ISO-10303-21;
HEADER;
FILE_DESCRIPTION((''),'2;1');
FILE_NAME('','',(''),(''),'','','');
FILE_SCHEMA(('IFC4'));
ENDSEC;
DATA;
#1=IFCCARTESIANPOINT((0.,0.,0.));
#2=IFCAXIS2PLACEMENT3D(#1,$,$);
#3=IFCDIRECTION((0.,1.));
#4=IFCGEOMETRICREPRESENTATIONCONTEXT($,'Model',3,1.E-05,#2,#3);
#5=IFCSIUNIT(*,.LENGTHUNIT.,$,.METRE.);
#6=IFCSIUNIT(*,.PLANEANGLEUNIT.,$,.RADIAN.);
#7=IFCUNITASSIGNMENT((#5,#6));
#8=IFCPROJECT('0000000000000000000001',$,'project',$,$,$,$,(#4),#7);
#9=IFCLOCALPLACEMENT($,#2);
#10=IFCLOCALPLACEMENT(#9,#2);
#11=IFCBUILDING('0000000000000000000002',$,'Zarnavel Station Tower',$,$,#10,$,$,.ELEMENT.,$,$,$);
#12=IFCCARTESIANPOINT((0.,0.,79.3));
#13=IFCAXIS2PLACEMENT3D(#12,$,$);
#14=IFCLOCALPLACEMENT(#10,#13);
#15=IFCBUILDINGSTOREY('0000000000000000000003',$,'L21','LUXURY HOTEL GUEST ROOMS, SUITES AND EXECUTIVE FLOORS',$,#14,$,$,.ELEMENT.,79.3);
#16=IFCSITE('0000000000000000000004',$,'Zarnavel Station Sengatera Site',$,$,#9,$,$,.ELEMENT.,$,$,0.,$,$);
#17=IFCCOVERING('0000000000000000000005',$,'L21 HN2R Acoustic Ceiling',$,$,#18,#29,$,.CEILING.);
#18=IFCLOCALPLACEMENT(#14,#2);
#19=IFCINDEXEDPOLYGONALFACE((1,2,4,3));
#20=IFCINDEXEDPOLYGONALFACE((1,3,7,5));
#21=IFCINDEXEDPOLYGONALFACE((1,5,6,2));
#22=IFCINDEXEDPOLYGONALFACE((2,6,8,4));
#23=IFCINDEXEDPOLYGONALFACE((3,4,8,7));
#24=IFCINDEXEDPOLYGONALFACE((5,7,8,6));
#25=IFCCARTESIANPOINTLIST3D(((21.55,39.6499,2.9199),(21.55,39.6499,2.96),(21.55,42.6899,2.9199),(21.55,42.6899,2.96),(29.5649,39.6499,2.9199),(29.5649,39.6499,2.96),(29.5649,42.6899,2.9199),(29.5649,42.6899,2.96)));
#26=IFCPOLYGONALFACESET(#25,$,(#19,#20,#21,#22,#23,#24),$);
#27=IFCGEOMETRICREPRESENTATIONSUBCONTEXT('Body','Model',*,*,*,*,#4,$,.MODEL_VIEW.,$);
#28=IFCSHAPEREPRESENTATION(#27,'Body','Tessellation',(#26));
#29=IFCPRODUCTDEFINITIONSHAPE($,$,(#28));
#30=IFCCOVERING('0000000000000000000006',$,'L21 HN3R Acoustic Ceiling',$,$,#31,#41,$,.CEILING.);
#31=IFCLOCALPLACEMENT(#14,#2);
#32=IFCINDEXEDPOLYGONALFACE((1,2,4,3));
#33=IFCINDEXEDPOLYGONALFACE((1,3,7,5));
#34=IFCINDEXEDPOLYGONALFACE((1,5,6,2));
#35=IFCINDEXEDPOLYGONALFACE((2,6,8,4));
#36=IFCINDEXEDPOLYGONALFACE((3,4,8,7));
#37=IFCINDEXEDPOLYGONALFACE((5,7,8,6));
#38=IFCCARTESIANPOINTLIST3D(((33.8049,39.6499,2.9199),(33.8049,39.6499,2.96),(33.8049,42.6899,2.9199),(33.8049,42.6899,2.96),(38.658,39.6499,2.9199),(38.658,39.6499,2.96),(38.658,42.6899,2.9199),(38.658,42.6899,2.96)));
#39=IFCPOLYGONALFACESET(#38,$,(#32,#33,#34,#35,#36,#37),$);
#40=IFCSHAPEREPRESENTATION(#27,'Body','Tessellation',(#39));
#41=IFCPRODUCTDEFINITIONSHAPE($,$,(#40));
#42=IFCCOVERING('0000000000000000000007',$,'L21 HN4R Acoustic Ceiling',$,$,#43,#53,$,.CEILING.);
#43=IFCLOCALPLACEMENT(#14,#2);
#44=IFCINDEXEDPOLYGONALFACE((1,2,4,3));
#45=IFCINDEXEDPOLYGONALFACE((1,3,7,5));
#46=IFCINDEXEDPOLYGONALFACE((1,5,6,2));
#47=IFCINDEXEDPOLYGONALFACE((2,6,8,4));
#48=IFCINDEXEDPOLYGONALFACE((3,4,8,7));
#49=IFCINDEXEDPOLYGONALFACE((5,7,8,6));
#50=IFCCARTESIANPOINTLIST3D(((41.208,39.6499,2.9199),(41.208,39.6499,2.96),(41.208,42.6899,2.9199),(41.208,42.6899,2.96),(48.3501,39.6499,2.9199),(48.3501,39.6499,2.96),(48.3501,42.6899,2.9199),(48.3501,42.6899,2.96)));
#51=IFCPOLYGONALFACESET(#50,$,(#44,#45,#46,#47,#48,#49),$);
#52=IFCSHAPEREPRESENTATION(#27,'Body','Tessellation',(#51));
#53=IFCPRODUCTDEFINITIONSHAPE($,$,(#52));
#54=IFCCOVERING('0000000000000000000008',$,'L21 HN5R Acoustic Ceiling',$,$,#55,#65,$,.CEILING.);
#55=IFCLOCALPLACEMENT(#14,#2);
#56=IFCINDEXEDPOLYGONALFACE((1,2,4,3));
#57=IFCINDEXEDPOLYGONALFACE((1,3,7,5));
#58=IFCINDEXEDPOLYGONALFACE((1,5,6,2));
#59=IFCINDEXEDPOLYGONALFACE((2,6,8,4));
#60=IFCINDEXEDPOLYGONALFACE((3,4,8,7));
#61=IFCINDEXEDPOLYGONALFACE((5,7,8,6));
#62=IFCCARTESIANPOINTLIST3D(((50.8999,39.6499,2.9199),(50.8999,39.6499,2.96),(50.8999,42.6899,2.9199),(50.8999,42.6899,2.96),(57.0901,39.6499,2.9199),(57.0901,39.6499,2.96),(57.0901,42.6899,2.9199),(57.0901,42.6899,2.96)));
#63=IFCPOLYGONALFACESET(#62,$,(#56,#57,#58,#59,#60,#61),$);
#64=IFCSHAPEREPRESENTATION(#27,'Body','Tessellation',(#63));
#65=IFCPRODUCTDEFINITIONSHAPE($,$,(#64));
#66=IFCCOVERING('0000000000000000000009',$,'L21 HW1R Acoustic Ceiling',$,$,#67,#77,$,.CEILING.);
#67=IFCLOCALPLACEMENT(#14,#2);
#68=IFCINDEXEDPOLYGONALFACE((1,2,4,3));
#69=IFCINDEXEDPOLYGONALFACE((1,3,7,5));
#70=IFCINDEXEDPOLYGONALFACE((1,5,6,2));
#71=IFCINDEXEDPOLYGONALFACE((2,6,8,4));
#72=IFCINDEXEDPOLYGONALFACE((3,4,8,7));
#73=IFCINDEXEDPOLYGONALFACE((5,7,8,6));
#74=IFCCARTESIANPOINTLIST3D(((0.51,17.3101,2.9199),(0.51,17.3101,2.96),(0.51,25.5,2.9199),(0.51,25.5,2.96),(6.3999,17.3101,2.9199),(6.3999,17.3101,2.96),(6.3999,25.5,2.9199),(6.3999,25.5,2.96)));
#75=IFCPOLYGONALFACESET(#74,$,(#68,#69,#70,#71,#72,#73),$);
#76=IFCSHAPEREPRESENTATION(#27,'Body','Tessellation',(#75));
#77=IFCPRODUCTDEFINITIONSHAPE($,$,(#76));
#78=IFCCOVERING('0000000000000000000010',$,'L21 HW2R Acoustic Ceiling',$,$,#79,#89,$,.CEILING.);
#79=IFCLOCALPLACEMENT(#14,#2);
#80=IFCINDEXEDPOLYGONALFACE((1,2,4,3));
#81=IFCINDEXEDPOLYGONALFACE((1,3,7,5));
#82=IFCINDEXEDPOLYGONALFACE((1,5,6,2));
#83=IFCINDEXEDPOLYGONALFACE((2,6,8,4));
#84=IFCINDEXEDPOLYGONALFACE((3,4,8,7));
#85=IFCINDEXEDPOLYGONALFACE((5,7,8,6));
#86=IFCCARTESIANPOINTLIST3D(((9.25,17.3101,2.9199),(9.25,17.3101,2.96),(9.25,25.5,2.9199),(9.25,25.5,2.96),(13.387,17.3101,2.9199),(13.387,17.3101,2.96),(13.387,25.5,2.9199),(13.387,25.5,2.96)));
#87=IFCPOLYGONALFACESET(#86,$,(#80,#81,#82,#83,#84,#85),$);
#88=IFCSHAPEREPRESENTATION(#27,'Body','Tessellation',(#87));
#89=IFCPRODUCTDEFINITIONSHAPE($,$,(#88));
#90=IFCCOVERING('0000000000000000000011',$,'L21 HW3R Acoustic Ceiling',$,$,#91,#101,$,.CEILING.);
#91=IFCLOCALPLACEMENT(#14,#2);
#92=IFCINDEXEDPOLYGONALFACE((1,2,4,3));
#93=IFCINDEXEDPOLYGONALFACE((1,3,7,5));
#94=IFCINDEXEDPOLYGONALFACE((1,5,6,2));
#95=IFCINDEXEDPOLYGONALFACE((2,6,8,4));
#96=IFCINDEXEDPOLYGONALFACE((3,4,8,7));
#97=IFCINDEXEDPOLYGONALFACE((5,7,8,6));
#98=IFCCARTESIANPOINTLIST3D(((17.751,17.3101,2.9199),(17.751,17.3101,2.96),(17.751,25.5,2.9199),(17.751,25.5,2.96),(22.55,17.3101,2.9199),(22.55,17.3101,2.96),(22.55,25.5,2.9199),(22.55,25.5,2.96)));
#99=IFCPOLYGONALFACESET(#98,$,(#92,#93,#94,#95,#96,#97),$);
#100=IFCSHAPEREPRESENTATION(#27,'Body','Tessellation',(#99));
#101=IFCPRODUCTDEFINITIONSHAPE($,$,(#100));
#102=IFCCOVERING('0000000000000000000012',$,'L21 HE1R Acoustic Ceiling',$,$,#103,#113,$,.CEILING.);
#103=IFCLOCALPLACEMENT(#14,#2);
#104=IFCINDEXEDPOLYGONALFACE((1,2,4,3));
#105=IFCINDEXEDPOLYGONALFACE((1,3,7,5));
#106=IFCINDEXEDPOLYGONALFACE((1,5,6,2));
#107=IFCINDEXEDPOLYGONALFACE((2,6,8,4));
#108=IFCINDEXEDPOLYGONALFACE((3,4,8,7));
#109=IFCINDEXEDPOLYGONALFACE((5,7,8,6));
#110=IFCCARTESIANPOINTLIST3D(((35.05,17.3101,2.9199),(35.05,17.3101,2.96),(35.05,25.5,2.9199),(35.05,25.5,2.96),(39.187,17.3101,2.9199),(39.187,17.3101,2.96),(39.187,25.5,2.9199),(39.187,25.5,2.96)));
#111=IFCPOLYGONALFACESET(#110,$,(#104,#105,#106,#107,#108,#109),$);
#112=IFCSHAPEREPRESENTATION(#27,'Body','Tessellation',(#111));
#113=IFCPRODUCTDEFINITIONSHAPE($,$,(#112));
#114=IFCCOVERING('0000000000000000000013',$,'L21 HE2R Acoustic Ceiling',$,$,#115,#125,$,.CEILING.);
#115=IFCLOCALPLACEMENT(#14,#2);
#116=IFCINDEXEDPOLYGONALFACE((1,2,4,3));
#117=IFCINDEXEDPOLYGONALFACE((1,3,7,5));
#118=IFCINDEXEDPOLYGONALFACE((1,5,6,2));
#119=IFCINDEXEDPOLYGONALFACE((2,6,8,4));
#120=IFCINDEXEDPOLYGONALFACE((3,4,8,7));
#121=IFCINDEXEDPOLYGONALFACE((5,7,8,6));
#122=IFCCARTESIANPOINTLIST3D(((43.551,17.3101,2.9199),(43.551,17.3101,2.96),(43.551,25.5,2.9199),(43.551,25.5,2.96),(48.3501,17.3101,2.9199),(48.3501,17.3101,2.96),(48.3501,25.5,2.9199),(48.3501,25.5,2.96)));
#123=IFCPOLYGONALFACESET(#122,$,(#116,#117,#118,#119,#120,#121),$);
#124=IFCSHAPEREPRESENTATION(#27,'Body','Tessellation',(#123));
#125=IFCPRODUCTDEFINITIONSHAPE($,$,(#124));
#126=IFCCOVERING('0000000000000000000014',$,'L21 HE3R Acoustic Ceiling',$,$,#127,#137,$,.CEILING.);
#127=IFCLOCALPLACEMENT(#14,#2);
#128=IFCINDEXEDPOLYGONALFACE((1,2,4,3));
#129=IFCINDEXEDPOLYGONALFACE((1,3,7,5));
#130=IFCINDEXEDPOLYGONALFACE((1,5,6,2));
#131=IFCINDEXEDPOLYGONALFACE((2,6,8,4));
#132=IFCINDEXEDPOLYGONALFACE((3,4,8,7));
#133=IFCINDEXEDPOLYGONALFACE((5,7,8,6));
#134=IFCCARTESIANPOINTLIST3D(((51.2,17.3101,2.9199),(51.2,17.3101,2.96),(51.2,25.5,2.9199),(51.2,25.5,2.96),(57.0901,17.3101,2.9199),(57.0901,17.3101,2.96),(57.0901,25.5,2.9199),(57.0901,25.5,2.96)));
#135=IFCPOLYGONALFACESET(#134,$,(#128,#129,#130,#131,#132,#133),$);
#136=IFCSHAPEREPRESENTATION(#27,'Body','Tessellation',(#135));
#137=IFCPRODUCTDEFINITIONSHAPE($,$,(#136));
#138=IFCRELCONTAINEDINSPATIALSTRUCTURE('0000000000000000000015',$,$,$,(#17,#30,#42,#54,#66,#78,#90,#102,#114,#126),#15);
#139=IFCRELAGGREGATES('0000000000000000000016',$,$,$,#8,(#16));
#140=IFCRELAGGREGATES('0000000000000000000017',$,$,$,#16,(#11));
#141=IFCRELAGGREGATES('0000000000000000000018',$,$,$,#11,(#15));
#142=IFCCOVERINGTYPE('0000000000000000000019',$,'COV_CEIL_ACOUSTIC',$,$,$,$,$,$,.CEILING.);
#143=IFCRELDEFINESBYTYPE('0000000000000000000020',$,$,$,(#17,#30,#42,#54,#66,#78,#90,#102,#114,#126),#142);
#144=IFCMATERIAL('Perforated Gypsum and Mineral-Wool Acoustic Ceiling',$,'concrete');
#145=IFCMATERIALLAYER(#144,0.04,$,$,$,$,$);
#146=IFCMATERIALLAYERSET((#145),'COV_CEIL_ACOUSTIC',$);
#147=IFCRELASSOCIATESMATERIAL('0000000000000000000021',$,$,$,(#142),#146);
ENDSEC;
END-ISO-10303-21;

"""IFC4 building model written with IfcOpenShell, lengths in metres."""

from ifc_helpers import new_model, si_unit, direction, frame, origin, place, context, subcontext, project, spatial, polyline, outline, extrude, material, layer, layer_set, type_object, element, save


model = new_model("IFC4")

# Units and contexts
model_context = context("Model", 3, precision=1e-05, world=origin(), true_north=direction((0.0, 1.0)))
body_context = subcontext(model_context, "Body", "Model", "MODEL_VIEW")
ifc_project = project(units=[si_unit("LENGTHUNIT", "METRE"), si_unit("PLANEANGLEUNIT", "RADIAN")], contexts=[model_context])

# Site, building, storey
site_placement = place(None, origin())
site = spatial("IfcSite", under=ifc_project, at=site_placement, Name="Zarnavel Station Sengatera Site", CompositionType="ELEMENT", RefElevation=0.0)
building_placement = place(site_placement, origin())
building = spatial("IfcBuilding", under=site, at=building_placement, Name="Zarnavel Station Tower", CompositionType="ELEMENT")
storey_placement = place(building_placement, frame((0.0, 0.0, 79.3)))
storey = spatial("IfcBuildingStorey", under=building, at=storey_placement, Name="L21", Description="LUXURY HOTEL GUEST ROOMS, SUITES AND EXECUTIVE FLOORS", CompositionType="ELEMENT", Elevation=79.3)

# Coverings
ifc_material_1 = material(Name="Perforated Gypsum and Mineral-Wool Acoustic Ceiling", Category="concrete")
ifc_layer_1 = layer(ifc_material_1, 0.04)
ifc_layer_set_1 = layer_set([ifc_layer_1], Name="COV_CEIL_ACOUSTIC")
covering_type_1 = type_object("IfcCoveringType", Name="COV_CEIL_ACOUSTIC", PredefinedType="CEILING", material=ifc_layer_set_1)
covering_1_placement = place(storey_placement, frame((0.0, 0.0, 2.9199)))
element("IfcCovering", 1, at=covering_1_placement, inside=storey, type_object=covering_type_1, Name="L21 HN2R Acoustic Ceiling", PredefinedType="CEILING", context=body_context, shape_type="SweptSolid", body=[
    extrude(outline(polyline([(21.55, 39.6499), (29.5649, 39.6499), (29.5649, 42.6899), (21.55, 42.6899), (21.55, 39.6499)])), origin(), (0.0, 0.0, 1.0), 0.04),
])
covering_2_placement = place(storey_placement, frame((0.0, 0.0, 2.9199)))
element("IfcCovering", 2, at=covering_2_placement, inside=storey, type_object=covering_type_1, Name="L21 HN3R Acoustic Ceiling", PredefinedType="CEILING", context=body_context, shape_type="SweptSolid", body=[
    extrude(outline(polyline([(33.8049, 39.6499), (38.658, 39.6499), (38.658, 42.6899), (33.8049, 42.6899), (33.8049, 39.6499)])), origin(), (0.0, 0.0, 1.0), 0.04),
])
covering_3_placement = place(storey_placement, frame((0.0, 0.0, 2.9199)))
element("IfcCovering", 3, at=covering_3_placement, inside=storey, type_object=covering_type_1, Name="L21 HN4R Acoustic Ceiling", PredefinedType="CEILING", context=body_context, shape_type="SweptSolid", body=[
    extrude(outline(polyline([(41.208, 39.6499), (48.3501, 39.6499), (48.3501, 42.6899), (41.208, 42.6899), (41.208, 39.6499)])), origin(), (0.0, 0.0, 1.0), 0.04),
])
covering_4_placement = place(storey_placement, frame((0.0, 0.0, 2.9199)))
element("IfcCovering", 4, at=covering_4_placement, inside=storey, type_object=covering_type_1, Name="L21 HN5R Acoustic Ceiling", PredefinedType="CEILING", context=body_context, shape_type="SweptSolid", body=[
    extrude(outline(polyline([(50.8999, 39.6499), (57.0901, 39.6499), (57.0901, 42.6899), (50.8999, 42.6899), (50.8999, 39.6499)])), origin(), (0.0, 0.0, 1.0), 0.04),
])
covering_5_placement = place(storey_placement, frame((0.0, 0.0, 2.9199)))
element("IfcCovering", 5, at=covering_5_placement, inside=storey, type_object=covering_type_1, Name="L21 HW1R Acoustic Ceiling", PredefinedType="CEILING", context=body_context, shape_type="SweptSolid", body=[
    extrude(outline(polyline([(0.51, 17.3101), (6.3999, 17.3101), (6.3999, 25.5), (0.51, 25.5), (0.51, 17.3101)])), origin(), (0.0, 0.0, 1.0), 0.04),
])
covering_6_placement = place(storey_placement, frame((0.0, 0.0, 2.9199)))
element("IfcCovering", 6, at=covering_6_placement, inside=storey, type_object=covering_type_1, Name="L21 HW2R Acoustic Ceiling", PredefinedType="CEILING", context=body_context, shape_type="SweptSolid", body=[
    extrude(outline(polyline([(9.25, 17.3101), (13.387, 17.3101), (13.387, 25.5), (9.25, 25.5), (9.25, 17.3101)])), origin(), (0.0, 0.0, 1.0), 0.04),
])
covering_7_placement = place(storey_placement, frame((0.0, 0.0, 2.9199)))
element("IfcCovering", 7, at=covering_7_placement, inside=storey, type_object=covering_type_1, Name="L21 HW3R Acoustic Ceiling", PredefinedType="CEILING", context=body_context, shape_type="SweptSolid", body=[
    extrude(outline(polyline([(17.751, 17.3101), (22.55, 17.3101), (22.55, 25.5), (17.751, 25.5), (17.751, 17.3101)])), origin(), (0.0, 0.0, 1.0), 0.04),
])
covering_8_placement = place(storey_placement, frame((0.0, 0.0, 2.9199)))
element("IfcCovering", 8, at=covering_8_placement, inside=storey, type_object=covering_type_1, Name="L21 HE1R Acoustic Ceiling", PredefinedType="CEILING", context=body_context, shape_type="SweptSolid", body=[
    extrude(outline(polyline([(35.05, 17.3101), (39.187, 17.3101), (39.187, 25.5), (35.05, 25.5), (35.05, 17.3101)])), origin(), (0.0, 0.0, 1.0), 0.04),
])
covering_9_placement = place(storey_placement, frame((0.0, 0.0, 2.9199)))
element("IfcCovering", 9, at=covering_9_placement, inside=storey, type_object=covering_type_1, Name="L21 HE2R Acoustic Ceiling", PredefinedType="CEILING", context=body_context, shape_type="SweptSolid", body=[
    extrude(outline(polyline([(43.551, 17.3101), (48.3501, 17.3101), (48.3501, 25.5), (43.551, 25.5), (43.551, 17.3101)])), origin(), (0.0, 0.0, 1.0), 0.04),
])
covering_10_placement = place(storey_placement, frame((0.0, 0.0, 2.9199)))
element("IfcCovering", 10, at=covering_10_placement, inside=storey, type_object=covering_type_1, Name="L21 HE3R Acoustic Ceiling", PredefinedType="CEILING", context=body_context, shape_type="SweptSolid", body=[
    extrude(outline(polyline([(51.2, 17.3101), (57.0901, 17.3101), (57.0901, 25.5), (51.2, 25.5), (51.2, 17.3101)])), origin(), (0.0, 0.0, 1.0), 0.04),
])

save(model, "model.ifc")
